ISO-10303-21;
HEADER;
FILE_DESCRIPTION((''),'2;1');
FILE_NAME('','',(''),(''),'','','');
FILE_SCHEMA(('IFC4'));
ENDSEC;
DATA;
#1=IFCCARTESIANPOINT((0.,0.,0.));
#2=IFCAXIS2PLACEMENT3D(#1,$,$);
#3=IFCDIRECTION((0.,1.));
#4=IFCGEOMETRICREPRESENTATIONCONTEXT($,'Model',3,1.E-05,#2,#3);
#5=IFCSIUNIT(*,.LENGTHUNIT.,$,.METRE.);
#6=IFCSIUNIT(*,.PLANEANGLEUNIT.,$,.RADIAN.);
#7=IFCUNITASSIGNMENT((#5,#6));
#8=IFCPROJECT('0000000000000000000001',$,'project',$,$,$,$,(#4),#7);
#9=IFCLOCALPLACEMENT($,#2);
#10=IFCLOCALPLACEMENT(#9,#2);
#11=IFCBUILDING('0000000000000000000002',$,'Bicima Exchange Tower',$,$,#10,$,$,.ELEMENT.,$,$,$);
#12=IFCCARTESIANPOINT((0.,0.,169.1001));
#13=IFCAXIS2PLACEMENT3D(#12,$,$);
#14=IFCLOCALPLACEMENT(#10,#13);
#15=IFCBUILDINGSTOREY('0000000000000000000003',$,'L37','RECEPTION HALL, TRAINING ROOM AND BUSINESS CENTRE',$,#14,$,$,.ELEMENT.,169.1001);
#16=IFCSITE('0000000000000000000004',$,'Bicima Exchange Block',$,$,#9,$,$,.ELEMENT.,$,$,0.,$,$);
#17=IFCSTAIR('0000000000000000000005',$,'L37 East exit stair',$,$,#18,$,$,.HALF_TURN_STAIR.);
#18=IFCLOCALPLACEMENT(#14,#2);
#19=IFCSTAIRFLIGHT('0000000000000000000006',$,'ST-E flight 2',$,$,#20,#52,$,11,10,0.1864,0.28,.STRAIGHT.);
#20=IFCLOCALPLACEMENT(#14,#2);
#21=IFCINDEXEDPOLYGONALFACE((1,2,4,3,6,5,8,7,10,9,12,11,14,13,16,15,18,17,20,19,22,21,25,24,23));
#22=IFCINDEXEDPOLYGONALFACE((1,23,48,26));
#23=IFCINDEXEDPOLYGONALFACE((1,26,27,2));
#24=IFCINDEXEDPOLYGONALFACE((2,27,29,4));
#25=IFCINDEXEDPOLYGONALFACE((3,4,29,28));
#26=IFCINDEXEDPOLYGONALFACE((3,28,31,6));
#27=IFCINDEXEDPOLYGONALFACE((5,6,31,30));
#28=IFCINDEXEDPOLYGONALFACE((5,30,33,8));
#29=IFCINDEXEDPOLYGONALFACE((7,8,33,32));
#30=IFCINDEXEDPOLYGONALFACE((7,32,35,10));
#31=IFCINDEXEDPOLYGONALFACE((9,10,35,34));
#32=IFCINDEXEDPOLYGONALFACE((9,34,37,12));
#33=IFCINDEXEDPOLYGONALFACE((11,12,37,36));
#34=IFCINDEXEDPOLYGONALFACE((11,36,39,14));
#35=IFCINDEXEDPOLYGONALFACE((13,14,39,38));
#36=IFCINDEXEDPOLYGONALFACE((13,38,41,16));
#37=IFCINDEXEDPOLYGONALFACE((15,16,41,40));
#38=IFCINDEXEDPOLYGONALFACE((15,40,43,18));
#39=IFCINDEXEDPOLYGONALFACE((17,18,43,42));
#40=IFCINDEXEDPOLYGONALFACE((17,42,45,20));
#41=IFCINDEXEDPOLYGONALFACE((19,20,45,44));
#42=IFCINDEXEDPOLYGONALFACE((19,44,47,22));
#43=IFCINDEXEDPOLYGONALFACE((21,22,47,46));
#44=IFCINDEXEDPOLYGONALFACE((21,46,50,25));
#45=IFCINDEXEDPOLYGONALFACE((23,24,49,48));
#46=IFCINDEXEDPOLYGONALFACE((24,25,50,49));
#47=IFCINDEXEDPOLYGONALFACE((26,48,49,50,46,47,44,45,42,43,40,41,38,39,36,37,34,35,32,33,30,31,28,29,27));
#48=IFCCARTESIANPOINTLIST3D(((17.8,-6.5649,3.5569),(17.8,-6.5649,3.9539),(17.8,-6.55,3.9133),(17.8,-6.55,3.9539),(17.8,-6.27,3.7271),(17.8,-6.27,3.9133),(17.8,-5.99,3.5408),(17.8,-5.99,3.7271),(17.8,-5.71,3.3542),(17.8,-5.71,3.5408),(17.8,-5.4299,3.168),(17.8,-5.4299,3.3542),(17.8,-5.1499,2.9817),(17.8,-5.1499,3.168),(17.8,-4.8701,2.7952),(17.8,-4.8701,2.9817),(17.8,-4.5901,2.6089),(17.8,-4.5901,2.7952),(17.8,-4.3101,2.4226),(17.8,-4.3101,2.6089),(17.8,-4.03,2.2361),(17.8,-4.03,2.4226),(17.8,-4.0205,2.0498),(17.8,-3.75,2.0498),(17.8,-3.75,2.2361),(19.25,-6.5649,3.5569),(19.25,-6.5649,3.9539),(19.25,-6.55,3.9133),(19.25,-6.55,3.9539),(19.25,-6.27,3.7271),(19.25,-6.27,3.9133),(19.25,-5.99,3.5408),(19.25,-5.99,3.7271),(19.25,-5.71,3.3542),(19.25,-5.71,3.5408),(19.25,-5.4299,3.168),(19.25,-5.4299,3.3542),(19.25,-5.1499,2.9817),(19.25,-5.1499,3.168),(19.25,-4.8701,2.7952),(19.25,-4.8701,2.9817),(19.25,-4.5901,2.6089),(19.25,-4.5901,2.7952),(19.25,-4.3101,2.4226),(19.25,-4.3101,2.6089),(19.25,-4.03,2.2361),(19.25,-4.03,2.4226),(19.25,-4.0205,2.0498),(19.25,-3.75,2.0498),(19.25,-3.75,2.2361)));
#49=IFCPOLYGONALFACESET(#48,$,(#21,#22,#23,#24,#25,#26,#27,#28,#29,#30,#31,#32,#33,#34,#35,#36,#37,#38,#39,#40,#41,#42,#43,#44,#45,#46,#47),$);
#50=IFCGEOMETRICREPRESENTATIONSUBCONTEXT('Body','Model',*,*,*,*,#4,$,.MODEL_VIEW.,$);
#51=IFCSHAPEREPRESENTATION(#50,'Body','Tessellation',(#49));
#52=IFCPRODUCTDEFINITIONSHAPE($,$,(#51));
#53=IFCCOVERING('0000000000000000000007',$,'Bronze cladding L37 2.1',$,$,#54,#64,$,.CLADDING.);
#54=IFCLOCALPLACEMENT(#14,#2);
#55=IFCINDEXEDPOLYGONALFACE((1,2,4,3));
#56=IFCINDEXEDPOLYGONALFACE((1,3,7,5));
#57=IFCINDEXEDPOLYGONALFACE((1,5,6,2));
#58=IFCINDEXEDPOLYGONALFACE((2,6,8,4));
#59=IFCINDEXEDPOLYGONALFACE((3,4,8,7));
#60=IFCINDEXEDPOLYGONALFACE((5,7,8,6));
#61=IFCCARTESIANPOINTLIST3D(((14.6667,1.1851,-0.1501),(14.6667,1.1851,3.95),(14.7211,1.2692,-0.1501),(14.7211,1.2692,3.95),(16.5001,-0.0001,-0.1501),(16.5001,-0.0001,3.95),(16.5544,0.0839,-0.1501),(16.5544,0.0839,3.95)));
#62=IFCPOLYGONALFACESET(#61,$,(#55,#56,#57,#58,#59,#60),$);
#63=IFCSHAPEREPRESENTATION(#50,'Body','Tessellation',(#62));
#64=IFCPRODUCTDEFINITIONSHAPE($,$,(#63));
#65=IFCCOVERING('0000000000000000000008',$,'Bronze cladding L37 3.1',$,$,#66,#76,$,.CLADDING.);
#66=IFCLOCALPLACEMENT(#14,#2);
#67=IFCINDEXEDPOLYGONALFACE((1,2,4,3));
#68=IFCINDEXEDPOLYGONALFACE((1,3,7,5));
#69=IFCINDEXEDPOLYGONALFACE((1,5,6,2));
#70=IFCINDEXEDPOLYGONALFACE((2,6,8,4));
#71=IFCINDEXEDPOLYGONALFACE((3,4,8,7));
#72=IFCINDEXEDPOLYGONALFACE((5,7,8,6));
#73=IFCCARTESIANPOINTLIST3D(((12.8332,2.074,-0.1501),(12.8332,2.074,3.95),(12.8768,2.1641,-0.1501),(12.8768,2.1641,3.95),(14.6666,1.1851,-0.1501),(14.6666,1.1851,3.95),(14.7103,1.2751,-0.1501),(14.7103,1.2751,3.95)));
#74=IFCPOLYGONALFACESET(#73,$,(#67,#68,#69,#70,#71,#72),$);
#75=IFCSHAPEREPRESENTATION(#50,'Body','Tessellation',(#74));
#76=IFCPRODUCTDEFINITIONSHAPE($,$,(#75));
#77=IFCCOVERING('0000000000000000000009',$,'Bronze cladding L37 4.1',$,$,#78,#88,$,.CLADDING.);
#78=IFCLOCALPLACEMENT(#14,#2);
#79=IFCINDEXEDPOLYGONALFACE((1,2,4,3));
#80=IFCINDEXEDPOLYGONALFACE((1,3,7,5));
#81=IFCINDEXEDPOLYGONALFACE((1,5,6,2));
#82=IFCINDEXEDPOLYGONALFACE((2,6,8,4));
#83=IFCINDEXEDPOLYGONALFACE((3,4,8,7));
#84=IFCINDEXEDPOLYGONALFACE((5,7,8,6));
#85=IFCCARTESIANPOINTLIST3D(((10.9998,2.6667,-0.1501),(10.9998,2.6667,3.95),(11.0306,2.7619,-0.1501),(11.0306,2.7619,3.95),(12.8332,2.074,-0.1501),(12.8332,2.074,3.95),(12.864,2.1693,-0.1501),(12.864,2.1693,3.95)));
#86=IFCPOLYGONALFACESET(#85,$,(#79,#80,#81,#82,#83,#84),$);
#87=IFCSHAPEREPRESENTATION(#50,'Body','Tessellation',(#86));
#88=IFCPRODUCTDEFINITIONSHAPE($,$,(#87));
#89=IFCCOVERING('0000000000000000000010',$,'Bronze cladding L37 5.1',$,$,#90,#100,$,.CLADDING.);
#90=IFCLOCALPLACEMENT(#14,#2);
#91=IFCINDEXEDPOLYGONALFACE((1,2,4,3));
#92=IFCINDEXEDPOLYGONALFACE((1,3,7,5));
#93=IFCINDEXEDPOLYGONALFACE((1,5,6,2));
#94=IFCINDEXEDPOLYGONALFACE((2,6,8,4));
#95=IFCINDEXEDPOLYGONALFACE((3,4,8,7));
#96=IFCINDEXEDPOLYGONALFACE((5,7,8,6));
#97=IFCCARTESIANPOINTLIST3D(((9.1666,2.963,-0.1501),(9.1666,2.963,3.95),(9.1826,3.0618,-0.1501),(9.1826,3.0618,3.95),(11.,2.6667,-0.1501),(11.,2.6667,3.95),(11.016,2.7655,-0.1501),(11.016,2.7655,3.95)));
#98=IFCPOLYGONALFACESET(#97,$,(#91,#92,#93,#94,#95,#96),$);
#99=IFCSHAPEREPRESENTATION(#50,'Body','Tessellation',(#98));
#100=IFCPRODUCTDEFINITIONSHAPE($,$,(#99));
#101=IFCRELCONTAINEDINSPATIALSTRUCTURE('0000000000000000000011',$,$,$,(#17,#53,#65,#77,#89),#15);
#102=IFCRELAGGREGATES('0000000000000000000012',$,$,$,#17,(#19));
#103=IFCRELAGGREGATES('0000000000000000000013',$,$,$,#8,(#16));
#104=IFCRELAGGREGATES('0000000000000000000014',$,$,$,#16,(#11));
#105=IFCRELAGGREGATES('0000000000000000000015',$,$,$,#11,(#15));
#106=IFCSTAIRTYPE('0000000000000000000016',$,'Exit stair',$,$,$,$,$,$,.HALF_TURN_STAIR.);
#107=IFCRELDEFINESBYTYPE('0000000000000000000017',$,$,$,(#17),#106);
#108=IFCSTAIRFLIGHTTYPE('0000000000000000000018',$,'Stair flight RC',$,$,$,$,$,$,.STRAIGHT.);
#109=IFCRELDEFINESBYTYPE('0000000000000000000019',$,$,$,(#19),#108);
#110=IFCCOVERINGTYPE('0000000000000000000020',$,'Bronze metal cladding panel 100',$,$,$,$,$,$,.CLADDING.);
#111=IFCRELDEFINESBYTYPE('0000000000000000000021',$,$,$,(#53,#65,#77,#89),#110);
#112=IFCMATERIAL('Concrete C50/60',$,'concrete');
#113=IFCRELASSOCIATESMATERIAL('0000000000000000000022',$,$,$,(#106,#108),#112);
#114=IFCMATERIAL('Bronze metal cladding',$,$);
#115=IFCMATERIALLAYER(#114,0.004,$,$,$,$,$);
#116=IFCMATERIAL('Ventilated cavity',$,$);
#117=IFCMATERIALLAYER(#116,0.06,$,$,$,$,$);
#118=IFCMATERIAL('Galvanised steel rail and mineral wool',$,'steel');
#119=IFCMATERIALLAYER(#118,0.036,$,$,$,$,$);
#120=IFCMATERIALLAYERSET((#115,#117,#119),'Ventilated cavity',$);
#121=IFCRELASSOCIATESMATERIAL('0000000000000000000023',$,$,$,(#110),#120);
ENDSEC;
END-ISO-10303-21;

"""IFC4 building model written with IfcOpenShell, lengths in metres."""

from ifc_helpers import new_model, si_unit, direction, frame, origin, origin_2d, place, context, subcontext, project, spatial, polyline, rectangle, outline, extrude, material, layer, layer_set, type_object, element, aggregate, save


model = new_model("IFC4")

# Units and contexts
model_context = context("Model", 3, precision=1e-05, world=origin(), true_north=direction((0.0, 1.0)))
body_context = subcontext(model_context, "Body", "Model", "MODEL_VIEW")
ifc_project = project(units=[si_unit("LENGTHUNIT", "METRE"), si_unit("PLANEANGLEUNIT", "RADIAN")], contexts=[model_context])

# Site, building, storey
site_placement = place(None, origin())
site = spatial("IfcSite", under=ifc_project, at=site_placement, Name="Bicima Exchange Block", CompositionType="ELEMENT", RefElevation=0.0)
building_placement = place(site_placement, origin())
building = spatial("IfcBuilding", under=site, at=building_placement, Name="Bicima Exchange Tower", CompositionType="ELEMENT")
storey_placement = place(building_placement, frame((0.0, 0.0, 169.1001)))
storey = spatial("IfcBuildingStorey", under=building, at=storey_placement, Name="L37", Description="RECEPTION HALL, TRAINING ROOM AND BUSINESS CENTRE", CompositionType="ELEMENT", Elevation=169.1001)

# Shared definitions
ifc_material_1 = material(Name="Concrete C50/60", Category="concrete")

# Stair, stair flight
stair_type = type_object("IfcStairType", Name="Exit stair", PredefinedType="HALF_TURN_STAIR", material=ifc_material_1)
stair_placement = place(storey_placement, origin())
stair = element("IfcStair", 1, at=stair_placement, inside=storey, type_object=stair_type, Name="L37 East exit stair", PredefinedType="HALF_TURN_STAIR")
stair_flight_type = type_object("IfcStairFlightType", Name="Stair flight RC", PredefinedType="STRAIGHT", material=ifc_material_1)
stair_flight_placement = place(storey_placement, frame((18.5249, -3.75, 2.0498), z_axis=(0.0, 0.0, 1.0), x_axis=(0.0, -1.0, 0.0)))
stair_flight = element("IfcStairFlight", 2, at=stair_flight_placement, type_object=stair_flight_type, Name="ST-E flight 2", NumberOfRisers=11, NumberOfTreads=10, PredefinedType="STRAIGHT", RiserHeight=0.1864, TreadLength=0.28, context=body_context, shape_type="SweptSolid", body=[
    extrude(outline(polyline([(0.0, 0.0), (0.0, 0.1863), (0.28, 0.1863), (0.28, 0.3728), (0.5601, 0.3728), (0.5601, 0.5591), (0.8401, 0.5591), (0.8401, 0.7454), (1.1201, 0.7454), (1.1201, 0.9319), (1.3999, 0.9319), (1.3999, 1.1182), (1.6799, 1.1182), (1.6799, 1.3044), (1.96, 1.3044), (1.96, 1.491), (2.24, 1.491), (2.24, 1.6772), (2.52, 1.6772), (2.52, 1.8635), (2.8, 1.8635), (2.8, 1.9041), (2.8149, 1.9041), (2.8149, 1.5071), (0.2705, 0.0), (0.0, 0.0)])), frame((0.0, 0.7251, 0.0), z_axis=(0.0, -1.0, 0.0), x_axis=(1.0, 0.0, 0.0)), (0.0, 0.0, 1.0), 1.45),
])
aggregate(stair, [stair_flight])

# Coverings
ifc_material_2 = material(Name="Bronze metal cladding")
ifc_layer_1 = layer(ifc_material_2, 0.004)
ifc_material_3 = material(Name="Ventilated cavity")
ifc_layer_2 = layer(ifc_material_3, 0.06)
ifc_material_4 = material(Name="Galvanised steel rail and mineral wool", Category="steel")
ifc_layer_3 = layer(ifc_material_4, 0.036)
ifc_layer_set_1 = layer_set([ifc_layer_1, ifc_layer_2, ifc_layer_3], Name="Ventilated cavity")
covering_type = type_object("IfcCoveringType", Name="Bronze metal cladding panel 100", PredefinedType="CLADDING", material=ifc_layer_set_1)
covering_1_placement = place(storey_placement, frame((15.6106, 0.6345, -0.1501), z_axis=(0.0, 0.0, 1.0), x_axis=(-0.83979, 0.542911, 0.0)))
element("IfcCovering", 3, at=covering_1_placement, inside=storey, type_object=covering_type, Name="Bronze cladding L37 2.1", PredefinedType="CLADDING", context=body_context, shape_type="SweptSolid", body=[
    extrude(rectangle(XDim=2.1831, YDim=0.1001, at=origin_2d()), origin(), (0.0, 0.0, 1.0), 4.1001),
])
covering_2_placement = place(storey_placement, frame((13.7717, 1.6746, -0.1501), z_axis=(0.0, 0.0, 1.0), x_axis=(-0.899818, 0.436265, 0.0)))
element("IfcCovering", 4, at=covering_2_placement, inside=storey, type_object=covering_type, Name="Bronze cladding L37 3.1", PredefinedType="CLADDING", context=body_context, shape_type="SweptSolid", body=[
    extrude(rectangle(XDim=2.0376, YDim=0.1001, at=origin_2d()), origin(), (0.0, 0.0, 1.0), 4.1001),
])
covering_3_placement = place(storey_placement, frame((11.9319, 2.418, -0.1501), z_axis=(0.0, 0.0, 1.0), x_axis=(-0.951525, 0.307573, 0.0)))
element("IfcCovering", 5, at=covering_3_placement, inside=storey, type_object=covering_type, Name="Bronze cladding L37 4.1", PredefinedType="CLADDING", context=body_context, shape_type="SweptSolid", body=[
    extrude(rectangle(XDim=1.9268, YDim=0.1001, at=origin_2d()), origin(), (0.0, 0.0, 1.0), 4.1001),
])
covering_4_placement = place(storey_placement, frame((10.0913, 2.8643, -0.1501), z_axis=(0.0, 0.0, 1.0), x_axis=(-0.98719, 0.15955, 0.0)))
element("IfcCovering", 6, at=covering_4_placement, inside=storey, type_object=covering_type, Name="Bronze cladding L37 5.1", PredefinedType="CLADDING", context=body_context, shape_type="SweptSolid", body=[
    extrude(rectangle(XDim=1.8572, YDim=0.1001, at=origin_2d()), origin(), (0.0, 0.0, 1.0), 4.1001),
])

save(model, "model.ifc")
